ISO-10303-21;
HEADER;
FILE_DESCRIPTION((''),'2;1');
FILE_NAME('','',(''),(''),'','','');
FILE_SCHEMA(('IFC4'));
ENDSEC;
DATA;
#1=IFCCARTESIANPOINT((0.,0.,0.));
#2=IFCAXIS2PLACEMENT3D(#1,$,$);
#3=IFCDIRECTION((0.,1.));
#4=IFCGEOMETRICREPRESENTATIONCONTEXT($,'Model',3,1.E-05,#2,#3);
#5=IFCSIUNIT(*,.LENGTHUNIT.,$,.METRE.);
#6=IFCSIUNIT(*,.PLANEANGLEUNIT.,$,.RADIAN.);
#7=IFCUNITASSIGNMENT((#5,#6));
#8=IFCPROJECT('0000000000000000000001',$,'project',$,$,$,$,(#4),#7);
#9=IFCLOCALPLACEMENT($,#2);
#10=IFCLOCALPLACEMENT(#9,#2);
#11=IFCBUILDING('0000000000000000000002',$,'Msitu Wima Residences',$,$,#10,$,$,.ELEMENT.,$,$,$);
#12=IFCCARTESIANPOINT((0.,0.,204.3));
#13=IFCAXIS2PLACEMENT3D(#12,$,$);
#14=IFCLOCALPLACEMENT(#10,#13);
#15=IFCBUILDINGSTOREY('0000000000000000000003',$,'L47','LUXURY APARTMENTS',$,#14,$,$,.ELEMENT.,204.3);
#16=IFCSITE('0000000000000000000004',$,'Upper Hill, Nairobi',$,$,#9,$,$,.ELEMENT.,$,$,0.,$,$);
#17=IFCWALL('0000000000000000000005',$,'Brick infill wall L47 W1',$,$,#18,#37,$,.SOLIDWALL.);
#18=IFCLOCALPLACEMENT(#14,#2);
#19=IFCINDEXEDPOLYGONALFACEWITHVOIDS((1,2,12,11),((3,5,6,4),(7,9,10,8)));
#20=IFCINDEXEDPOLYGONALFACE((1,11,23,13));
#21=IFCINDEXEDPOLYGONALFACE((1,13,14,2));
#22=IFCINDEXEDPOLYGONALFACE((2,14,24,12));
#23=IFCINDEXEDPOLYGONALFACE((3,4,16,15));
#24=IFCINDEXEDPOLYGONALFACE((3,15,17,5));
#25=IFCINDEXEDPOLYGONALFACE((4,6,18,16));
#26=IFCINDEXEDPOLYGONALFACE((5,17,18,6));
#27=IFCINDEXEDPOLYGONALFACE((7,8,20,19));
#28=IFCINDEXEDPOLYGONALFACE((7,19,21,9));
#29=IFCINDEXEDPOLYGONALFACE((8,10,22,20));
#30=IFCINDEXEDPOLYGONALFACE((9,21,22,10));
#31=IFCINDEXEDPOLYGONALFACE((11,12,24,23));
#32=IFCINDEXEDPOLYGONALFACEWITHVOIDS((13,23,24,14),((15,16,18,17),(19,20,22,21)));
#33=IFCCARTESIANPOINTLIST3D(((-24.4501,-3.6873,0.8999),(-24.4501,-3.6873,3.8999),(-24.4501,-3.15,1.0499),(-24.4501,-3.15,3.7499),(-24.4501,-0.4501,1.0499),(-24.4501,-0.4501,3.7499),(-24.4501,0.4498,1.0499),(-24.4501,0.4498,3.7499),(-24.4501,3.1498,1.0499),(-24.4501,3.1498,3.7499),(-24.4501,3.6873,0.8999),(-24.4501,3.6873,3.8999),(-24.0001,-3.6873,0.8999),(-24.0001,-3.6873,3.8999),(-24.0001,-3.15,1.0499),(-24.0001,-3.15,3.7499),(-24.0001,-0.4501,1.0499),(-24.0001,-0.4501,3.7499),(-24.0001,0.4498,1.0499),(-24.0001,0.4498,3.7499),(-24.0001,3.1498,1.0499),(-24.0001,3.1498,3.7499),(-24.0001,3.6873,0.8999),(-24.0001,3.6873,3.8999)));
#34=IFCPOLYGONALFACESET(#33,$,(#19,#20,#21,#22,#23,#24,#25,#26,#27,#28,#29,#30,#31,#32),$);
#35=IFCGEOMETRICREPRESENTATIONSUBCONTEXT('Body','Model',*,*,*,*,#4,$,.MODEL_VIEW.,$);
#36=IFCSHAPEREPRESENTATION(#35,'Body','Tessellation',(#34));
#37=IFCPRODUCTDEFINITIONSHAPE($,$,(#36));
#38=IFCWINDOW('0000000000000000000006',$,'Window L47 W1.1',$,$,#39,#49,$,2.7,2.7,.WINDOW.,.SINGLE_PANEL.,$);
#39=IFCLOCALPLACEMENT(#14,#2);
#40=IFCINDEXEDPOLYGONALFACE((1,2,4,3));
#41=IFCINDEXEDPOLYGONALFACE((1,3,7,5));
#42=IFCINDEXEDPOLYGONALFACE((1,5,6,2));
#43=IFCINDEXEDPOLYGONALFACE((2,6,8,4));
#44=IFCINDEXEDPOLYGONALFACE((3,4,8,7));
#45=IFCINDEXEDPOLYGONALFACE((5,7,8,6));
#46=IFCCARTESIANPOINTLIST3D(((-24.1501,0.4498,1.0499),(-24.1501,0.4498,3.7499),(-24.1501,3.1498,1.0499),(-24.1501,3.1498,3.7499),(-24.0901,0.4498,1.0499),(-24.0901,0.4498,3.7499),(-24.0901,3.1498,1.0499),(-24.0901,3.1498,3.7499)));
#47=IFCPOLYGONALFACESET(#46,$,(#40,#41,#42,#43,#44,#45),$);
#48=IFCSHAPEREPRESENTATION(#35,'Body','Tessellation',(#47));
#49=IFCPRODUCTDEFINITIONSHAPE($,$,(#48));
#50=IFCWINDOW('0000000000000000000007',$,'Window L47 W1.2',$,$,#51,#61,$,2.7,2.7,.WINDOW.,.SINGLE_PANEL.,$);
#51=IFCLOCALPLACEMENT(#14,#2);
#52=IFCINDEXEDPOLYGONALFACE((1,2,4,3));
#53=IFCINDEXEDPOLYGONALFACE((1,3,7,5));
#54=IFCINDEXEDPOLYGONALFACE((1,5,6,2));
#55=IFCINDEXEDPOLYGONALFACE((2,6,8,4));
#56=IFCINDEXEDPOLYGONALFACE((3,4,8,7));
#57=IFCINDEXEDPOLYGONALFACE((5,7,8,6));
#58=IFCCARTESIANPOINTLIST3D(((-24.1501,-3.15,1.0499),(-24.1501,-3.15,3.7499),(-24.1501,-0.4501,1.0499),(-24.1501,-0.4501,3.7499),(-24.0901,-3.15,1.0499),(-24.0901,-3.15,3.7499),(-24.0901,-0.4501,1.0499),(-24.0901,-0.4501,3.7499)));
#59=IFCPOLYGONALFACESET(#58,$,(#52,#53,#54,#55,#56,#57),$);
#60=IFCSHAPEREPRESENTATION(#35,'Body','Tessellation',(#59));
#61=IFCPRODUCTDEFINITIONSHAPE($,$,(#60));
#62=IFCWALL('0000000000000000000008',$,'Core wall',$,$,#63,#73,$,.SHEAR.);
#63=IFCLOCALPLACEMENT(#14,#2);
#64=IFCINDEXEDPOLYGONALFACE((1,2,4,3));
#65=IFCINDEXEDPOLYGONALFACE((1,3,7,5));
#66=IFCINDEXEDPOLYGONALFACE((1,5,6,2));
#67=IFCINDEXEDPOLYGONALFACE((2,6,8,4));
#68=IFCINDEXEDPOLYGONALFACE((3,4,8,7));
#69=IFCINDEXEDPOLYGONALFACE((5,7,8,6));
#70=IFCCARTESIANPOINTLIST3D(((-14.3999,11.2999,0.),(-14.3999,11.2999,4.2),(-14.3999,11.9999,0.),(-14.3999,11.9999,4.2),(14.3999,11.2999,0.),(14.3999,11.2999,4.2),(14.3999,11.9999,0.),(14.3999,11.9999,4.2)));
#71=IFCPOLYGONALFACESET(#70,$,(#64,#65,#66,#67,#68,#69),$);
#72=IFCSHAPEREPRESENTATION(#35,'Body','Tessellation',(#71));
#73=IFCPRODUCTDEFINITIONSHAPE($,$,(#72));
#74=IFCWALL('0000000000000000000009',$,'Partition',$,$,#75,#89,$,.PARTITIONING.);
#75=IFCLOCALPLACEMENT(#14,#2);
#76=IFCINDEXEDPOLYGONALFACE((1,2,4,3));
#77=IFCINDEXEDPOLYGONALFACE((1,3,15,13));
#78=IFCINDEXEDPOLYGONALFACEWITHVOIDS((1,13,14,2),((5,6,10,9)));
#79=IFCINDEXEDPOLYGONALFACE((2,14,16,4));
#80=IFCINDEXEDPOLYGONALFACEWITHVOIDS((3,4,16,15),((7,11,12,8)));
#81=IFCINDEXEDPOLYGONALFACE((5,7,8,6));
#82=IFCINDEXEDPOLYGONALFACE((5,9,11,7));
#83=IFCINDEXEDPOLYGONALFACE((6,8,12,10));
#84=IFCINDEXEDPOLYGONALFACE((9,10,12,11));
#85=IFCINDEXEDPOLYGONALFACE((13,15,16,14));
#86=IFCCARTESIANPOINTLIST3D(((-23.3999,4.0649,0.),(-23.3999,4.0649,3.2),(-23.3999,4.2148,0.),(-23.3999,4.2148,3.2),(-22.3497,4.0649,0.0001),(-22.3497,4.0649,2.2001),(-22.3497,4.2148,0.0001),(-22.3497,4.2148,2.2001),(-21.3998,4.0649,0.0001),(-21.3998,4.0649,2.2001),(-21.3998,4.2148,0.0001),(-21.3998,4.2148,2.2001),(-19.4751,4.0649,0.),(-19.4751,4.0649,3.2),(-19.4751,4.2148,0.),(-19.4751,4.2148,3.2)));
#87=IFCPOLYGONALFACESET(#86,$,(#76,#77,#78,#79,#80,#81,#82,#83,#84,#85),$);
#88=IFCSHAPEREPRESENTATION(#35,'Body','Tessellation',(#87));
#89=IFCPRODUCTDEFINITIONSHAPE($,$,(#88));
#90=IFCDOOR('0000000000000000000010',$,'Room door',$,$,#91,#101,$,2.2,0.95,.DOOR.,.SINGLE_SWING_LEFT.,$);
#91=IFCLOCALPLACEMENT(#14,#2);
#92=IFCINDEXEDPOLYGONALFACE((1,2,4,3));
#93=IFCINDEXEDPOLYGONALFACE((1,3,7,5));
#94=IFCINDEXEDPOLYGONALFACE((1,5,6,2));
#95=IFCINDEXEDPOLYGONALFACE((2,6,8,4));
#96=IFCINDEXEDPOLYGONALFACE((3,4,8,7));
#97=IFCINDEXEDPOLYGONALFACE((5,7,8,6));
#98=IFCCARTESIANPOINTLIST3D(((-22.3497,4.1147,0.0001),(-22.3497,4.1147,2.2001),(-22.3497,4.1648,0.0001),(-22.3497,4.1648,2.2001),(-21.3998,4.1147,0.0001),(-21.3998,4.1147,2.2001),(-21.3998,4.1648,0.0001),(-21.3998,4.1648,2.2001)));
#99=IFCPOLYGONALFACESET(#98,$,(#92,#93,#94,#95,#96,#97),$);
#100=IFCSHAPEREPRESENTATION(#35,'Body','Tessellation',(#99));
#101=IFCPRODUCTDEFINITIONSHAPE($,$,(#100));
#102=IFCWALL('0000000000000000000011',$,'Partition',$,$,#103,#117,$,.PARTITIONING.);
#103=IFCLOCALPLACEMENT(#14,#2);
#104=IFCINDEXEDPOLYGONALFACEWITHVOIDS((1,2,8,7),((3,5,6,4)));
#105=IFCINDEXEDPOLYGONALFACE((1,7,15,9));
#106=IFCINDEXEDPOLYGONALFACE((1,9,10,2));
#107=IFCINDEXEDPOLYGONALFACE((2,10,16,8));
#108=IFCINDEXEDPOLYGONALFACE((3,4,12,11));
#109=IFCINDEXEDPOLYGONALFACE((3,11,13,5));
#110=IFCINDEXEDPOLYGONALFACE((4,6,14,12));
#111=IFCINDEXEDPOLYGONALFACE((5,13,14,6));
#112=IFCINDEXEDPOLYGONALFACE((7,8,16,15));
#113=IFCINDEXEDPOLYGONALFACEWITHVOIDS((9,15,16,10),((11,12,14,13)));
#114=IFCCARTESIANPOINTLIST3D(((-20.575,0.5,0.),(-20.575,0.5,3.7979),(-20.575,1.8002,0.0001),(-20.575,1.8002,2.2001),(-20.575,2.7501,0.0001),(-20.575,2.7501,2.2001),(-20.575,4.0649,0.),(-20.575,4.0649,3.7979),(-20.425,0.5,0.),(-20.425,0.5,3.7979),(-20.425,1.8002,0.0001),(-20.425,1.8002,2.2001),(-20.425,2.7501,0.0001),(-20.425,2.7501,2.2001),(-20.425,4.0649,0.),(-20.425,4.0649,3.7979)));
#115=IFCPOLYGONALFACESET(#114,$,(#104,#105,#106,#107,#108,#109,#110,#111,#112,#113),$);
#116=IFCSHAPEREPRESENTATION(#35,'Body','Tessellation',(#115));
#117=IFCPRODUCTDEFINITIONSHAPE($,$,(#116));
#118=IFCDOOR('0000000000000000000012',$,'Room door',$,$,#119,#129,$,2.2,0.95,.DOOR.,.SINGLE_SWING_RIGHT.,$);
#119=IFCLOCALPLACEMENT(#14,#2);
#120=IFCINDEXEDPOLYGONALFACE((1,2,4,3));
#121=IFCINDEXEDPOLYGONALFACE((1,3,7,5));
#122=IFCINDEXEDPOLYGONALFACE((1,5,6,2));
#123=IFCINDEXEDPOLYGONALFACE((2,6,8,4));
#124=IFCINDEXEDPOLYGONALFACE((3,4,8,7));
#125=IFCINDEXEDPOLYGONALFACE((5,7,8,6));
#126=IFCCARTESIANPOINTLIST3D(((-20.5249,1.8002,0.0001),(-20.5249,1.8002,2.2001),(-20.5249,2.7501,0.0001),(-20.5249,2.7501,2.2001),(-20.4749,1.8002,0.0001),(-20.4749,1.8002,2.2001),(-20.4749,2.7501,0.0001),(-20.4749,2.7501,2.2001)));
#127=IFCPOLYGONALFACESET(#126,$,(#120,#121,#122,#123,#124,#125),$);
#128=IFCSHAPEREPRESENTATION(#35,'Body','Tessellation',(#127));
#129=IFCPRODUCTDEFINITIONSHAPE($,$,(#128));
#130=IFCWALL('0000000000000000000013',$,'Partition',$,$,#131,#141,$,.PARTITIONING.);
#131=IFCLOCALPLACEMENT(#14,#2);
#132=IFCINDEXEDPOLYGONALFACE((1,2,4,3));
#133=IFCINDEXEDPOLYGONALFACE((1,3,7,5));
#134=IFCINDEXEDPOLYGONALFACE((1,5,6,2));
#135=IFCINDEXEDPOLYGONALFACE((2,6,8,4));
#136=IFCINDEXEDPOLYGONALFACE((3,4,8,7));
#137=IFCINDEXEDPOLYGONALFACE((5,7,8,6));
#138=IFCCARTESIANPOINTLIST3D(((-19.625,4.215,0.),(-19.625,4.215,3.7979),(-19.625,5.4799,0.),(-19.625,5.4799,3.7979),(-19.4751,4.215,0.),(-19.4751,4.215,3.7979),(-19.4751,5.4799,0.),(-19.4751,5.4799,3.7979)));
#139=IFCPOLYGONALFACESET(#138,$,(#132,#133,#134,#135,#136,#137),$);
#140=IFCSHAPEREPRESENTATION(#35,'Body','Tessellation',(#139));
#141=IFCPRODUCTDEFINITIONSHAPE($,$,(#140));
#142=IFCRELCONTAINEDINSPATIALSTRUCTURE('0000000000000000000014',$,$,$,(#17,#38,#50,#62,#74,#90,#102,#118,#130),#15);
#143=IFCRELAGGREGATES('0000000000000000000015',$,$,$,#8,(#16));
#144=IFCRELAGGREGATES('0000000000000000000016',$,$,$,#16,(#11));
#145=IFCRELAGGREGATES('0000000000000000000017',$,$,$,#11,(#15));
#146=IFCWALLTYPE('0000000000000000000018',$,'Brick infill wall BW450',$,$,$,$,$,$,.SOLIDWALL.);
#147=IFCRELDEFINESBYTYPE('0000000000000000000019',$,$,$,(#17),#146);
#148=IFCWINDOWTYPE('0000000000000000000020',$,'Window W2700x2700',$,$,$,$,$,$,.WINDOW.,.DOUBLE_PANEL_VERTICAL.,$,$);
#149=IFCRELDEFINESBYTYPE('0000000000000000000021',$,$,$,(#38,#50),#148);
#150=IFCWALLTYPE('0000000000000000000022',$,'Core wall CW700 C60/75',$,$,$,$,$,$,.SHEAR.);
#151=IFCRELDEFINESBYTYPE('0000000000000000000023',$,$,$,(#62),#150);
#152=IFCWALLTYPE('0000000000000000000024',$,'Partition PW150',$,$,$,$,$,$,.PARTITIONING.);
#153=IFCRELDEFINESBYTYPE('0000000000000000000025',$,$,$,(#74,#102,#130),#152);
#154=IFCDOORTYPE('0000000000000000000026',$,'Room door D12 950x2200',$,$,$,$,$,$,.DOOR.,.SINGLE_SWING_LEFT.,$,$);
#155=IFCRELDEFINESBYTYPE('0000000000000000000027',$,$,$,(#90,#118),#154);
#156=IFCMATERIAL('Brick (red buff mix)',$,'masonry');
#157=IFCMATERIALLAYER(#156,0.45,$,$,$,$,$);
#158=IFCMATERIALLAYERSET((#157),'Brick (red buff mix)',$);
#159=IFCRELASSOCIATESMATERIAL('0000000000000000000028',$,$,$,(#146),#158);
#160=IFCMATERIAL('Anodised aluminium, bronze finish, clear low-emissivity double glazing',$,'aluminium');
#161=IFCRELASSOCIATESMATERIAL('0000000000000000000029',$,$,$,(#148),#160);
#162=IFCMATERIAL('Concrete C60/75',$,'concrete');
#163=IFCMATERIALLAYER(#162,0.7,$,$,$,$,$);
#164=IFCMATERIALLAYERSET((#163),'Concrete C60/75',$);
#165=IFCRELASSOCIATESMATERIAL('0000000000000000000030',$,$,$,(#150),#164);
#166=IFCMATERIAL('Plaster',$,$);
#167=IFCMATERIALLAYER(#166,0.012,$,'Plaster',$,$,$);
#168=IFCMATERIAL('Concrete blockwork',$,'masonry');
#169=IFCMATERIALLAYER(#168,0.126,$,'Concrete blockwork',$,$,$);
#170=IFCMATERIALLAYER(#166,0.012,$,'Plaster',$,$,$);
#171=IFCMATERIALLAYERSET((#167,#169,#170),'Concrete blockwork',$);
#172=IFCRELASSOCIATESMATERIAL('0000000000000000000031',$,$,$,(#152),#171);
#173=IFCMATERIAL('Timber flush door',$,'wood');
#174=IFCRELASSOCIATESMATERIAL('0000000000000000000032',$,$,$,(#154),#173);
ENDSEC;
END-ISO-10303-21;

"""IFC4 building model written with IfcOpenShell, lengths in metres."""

from ifc_helpers import new_model, si_unit, direction, frame, frame_2d, origin, place, context, subcontext, project, spatial, rectangle, extrude, material, layer, layer_set, type_object, element, fill, save


model = new_model("IFC4")

# Units and contexts
model_context = context("Model", 3, precision=1e-05, world=origin(), true_north=direction((0.0, 1.0)))
body_context = subcontext(model_context, "Body", "Model", "MODEL_VIEW")
ifc_project = project(units=[si_unit("LENGTHUNIT", "METRE"), si_unit("PLANEANGLEUNIT", "RADIAN")], contexts=[model_context])

# Site, building, storey
site_placement = place(None, origin())
site = spatial("IfcSite", under=ifc_project, at=site_placement, Name="Upper Hill, Nairobi", CompositionType="ELEMENT", RefElevation=0.0)
building_placement = place(site_placement, origin())
building = spatial("IfcBuilding", under=site, at=building_placement, Name="Msitu Wima Residences", CompositionType="ELEMENT")
storey_placement = place(building_placement, frame((0.0, 0.0, 204.3)))
storey = spatial("IfcBuildingStorey", under=building, at=storey_placement, Name="L47", Description="LUXURY APARTMENTS", CompositionType="ELEMENT", Elevation=204.3)

# Shared definitions
ifc_material_1 = material(Name="Concrete C60/75", Category="concrete")

# Shared definitions
ifc_material_2 = material(Name="Brick (red buff mix)", Category="masonry")
ifc_layer_1 = layer(ifc_material_2, 0.45)
ifc_layer_set_1 = layer_set([ifc_layer_1], Name="Brick (red buff mix)")
wall_type_1 = type_object("IfcWallType", Name="Brick infill wall BW450", PredefinedType="SOLIDWALL", material=ifc_layer_set_1)
ifc_material_3 = material(Name="Anodised aluminium, bronze finish, clear low-emissivity double glazing", Category="aluminium")
window_type = type_object("IfcWindowType", Name="Window W2700x2700", PartitioningType="DOUBLE_PANEL_VERTICAL", PredefinedType="WINDOW", material=ifc_material_3)

# Wall, openings, windows
wall_1_placement = place(storey_placement, frame((-24.2251, 3.6873, 0.8999), z_axis=(0.0, 0.0, 1.0), x_axis=(0.0, -1.0, 0.0)))
wall_1 = element("IfcWall", 1, at=wall_1_placement, inside=storey, type_object=wall_type_1, Name="Brick infill wall L47 W1", PredefinedType="SOLIDWALL", context=body_context, shape_type="SweptSolid", body=[
    extrude(rectangle(XDim=7.3745, YDim=0.45, at=frame_2d((3.6873, 0.0))), origin(), (0.0, 0.0, 1.0), 3.0),
])
opening_1_placement = place(wall_1_placement, frame((0.5374, 0.0, 0.1499)))
opening_1 = element("IfcOpeningElement", 2, at=opening_1_placement, cuts=wall_1, PredefinedType="OPENING", context=body_context, shape_type="SweptSolid", body=[
    extrude(rectangle(XDim=2.7, YDim=2.7, at=frame_2d((1.3501, 1.3501))), frame((0.0, 0.2349, 0.0), z_axis=(0.0, -1.0, 0.0), x_axis=(1.0, 0.0, 0.0)), (0.0, 0.0, 1.0), 0.47),
])
opening_2_placement = place(wall_1_placement, frame((4.1372, 0.0, 0.1499)))
opening_2 = element("IfcOpeningElement", 3, at=opening_2_placement, cuts=wall_1, PredefinedType="OPENING", context=body_context, shape_type="SweptSolid", body=[
    extrude(rectangle(XDim=2.7, YDim=2.7, at=frame_2d((1.3501, 1.3501))), frame((0.0, 0.2349, 0.0), z_axis=(0.0, -1.0, 0.0), x_axis=(1.0, 0.0, 0.0)), (0.0, 0.0, 1.0), 0.47),
])
window_1_placement = place(opening_1_placement, origin())
window_1 = element("IfcWindow", 4, at=window_1_placement, inside=storey, type_object=window_type, Name="Window L47 W1.1", OverallHeight=2.7, OverallWidth=2.7, PartitioningType="SINGLE_PANEL", PredefinedType="WINDOW", context=body_context, shape_type="SweptSolid", body=[
    extrude(rectangle(XDim=2.7, YDim=2.7, at=frame_2d((1.3501, 1.3501))), frame((0.0, 0.135, 0.0), z_axis=(0.0, -1.0, 0.0), x_axis=(1.0, 0.0, 0.0)), (0.0, 0.0, 1.0), 0.0601),
])
fill(opening_1, window_1)
window_2_placement = place(opening_2_placement, origin())
window_2 = element("IfcWindow", 5, at=window_2_placement, inside=storey, type_object=window_type, Name="Window L47 W1.2", OverallHeight=2.7, OverallWidth=2.7, PartitioningType="SINGLE_PANEL", PredefinedType="WINDOW", context=body_context, shape_type="SweptSolid", body=[
    extrude(rectangle(XDim=2.7, YDim=2.7, at=frame_2d((1.3501, 1.3501))), frame((0.0, 0.135, 0.0), z_axis=(0.0, -1.0, 0.0), x_axis=(1.0, 0.0, 0.0)), (0.0, 0.0, 1.0), 0.0601),
])
fill(opening_2, window_2)

# Wall
ifc_layer_2 = layer(ifc_material_1, 0.7)
ifc_layer_set_2 = layer_set([ifc_layer_2], Name="Concrete C60/75")
wall_type_2 = type_object("IfcWallType", Name="Core wall CW700 C60/75", PredefinedType="SHEAR", material=ifc_layer_set_2)
wall_2_placement = place(storey_placement, frame((-14.3999, 11.6499, 0.0), z_axis=(0.0, 0.0, 1.0), x_axis=(1.0, 0.0, 0.0)))
element("IfcWall", 6, at=wall_2_placement, inside=storey, type_object=wall_type_2, Name="Core wall", PredefinedType="SHEAR", context=body_context, shape_type="SweptSolid", body=[
    extrude(rectangle(XDim=28.7998, YDim=0.7, at=frame_2d((14.3999, 0.0))), origin(), (0.0, 0.0, 1.0), 4.2),
])

# Walls, openings, doors
ifc_material_4 = material(Name="Plaster")
ifc_layer_3 = layer(ifc_material_4, 0.012, Name="Plaster")
ifc_material_5 = material(Name="Concrete blockwork", Category="masonry")
ifc_layer_4 = layer(ifc_material_5, 0.126, Name="Concrete blockwork")
ifc_layer_5 = layer(ifc_material_4, 0.012, Name="Plaster")
ifc_layer_set_3 = layer_set([ifc_layer_3, ifc_layer_4, ifc_layer_5], Name="Concrete blockwork")
wall_type_3 = type_object("IfcWallType", Name="Partition PW150", PredefinedType="PARTITIONING", material=ifc_layer_set_3)
wall_3_placement = place(storey_placement, frame((-23.3999, 4.1399, 0.0), z_axis=(0.0, 0.0, 1.0), x_axis=(1.0, 0.0, 0.0)))
wall_3 = element("IfcWall", 7, at=wall_3_placement, inside=storey, type_object=wall_type_3, Name="Partition", PredefinedType="PARTITIONING", context=body_context, shape_type="SweptSolid", body=[
    extrude(rectangle(XDim=3.9248, YDim=0.1499, at=frame_2d((1.9624, 0.0))), origin(), (0.0, 0.0, 1.0), 3.2),
])
opening_3_placement = place(wall_3_placement, frame((1.05, 0.0, 0.0)))
opening_3 = element("IfcOpeningElement", 8, at=opening_3_placement, cuts=wall_3, PredefinedType="OPENING", context=body_context, shape_type="SweptSolid", body=[
    extrude(rectangle(XDim=0.95, YDim=2.2, at=frame_2d((0.4751, 1.1001))), frame((0.0, 0.085, 0.0), z_axis=(0.0, -1.0, 0.0), x_axis=(1.0, 0.0, 0.0)), (0.0, 0.0, 1.0), 0.1699),
])
ifc_material_6 = material(Name="Timber flush door", Category="wood")
door_type_1 = type_object("IfcDoorType", Name="Room door D12 950x2200", OperationType="SINGLE_SWING_LEFT", PredefinedType="DOOR", material=ifc_material_6)
door_1_placement = place(opening_3_placement, origin())
door_1 = element("IfcDoor", 9, at=door_1_placement, inside=storey, type_object=door_type_1, Name="Room door", OperationType="SINGLE_SWING_LEFT", OverallHeight=2.2, OverallWidth=0.95, PredefinedType="DOOR", context=body_context, shape_type="SweptSolid", body=[
    extrude(rectangle(XDim=0.95, YDim=2.2, at=frame_2d((0.4751, 1.1001))), frame((0.0, 0.0249, 0.0), z_axis=(0.0, -1.0, 0.0), x_axis=(1.0, 0.0, 0.0)), (0.0, 0.0, 1.0), 0.05),
])
fill(opening_3, door_1)
wall_4_placement = place(storey_placement, frame((-20.5, 0.5, 0.0), z_axis=(0.0, 0.0, 1.0), x_axis=(0.0, 1.0, 0.0)))
wall_4 = element("IfcWall", 10, at=wall_4_placement, inside=storey, type_object=wall_type_3, Name="Partition", PredefinedType="PARTITIONING", context=body_context, shape_type="SweptSolid", body=[
    extrude(rectangle(XDim=3.5649, YDim=0.1499, at=frame_2d((1.7825, 0.0))), origin(), (0.0, 0.0, 1.0), 3.7979),
])
opening_4_placement = place(wall_4_placement, frame((1.3, 0.0, 0.0)))
opening_4 = element("IfcOpeningElement", 11, at=opening_4_placement, cuts=wall_4, PredefinedType="OPENING", context=body_context, shape_type="SweptSolid", body=[
    extrude(rectangle(XDim=0.95, YDim=2.2, at=frame_2d((0.4751, 1.1001))), frame((0.0, 0.085, 0.0), z_axis=(0.0, -1.0, 0.0), x_axis=(1.0, 0.0, 0.0)), (0.0, 0.0, 1.0), 0.1699),
])
door_2_placement = place(opening_4_placement, origin())
door_2 = element("IfcDoor", 12, at=door_2_placement, inside=storey, type_object=door_type_1, Name="Room door", OperationType="SINGLE_SWING_RIGHT", OverallHeight=2.2, OverallWidth=0.95, PredefinedType="DOOR", context=body_context, shape_type="SweptSolid", body=[
    extrude(rectangle(XDim=0.95, YDim=2.2, at=frame_2d((0.4751, 1.1001))), frame((0.0, 0.0249, 0.0), z_axis=(0.0, -1.0, 0.0), x_axis=(1.0, 0.0, 0.0)), (0.0, 0.0, 1.0), 0.05),
])
fill(opening_4, door_2)

# Wall
wall_5_placement = place(storey_placement, frame((-19.55, 4.2151, 0.0), z_axis=(0.0, 0.0, 1.0), x_axis=(0.0, 1.0, 0.0)))
element("IfcWall", 13, at=wall_5_placement, inside=storey, type_object=wall_type_3, Name="Partition", PredefinedType="PARTITIONING", context=body_context, shape_type="SweptSolid", body=[
    extrude(rectangle(XDim=1.2649, YDim=0.1499, at=frame_2d((0.6323, 0.0))), origin(), (0.0, 0.0, 1.0), 3.7979),
])

save(model, "model.ifc")
